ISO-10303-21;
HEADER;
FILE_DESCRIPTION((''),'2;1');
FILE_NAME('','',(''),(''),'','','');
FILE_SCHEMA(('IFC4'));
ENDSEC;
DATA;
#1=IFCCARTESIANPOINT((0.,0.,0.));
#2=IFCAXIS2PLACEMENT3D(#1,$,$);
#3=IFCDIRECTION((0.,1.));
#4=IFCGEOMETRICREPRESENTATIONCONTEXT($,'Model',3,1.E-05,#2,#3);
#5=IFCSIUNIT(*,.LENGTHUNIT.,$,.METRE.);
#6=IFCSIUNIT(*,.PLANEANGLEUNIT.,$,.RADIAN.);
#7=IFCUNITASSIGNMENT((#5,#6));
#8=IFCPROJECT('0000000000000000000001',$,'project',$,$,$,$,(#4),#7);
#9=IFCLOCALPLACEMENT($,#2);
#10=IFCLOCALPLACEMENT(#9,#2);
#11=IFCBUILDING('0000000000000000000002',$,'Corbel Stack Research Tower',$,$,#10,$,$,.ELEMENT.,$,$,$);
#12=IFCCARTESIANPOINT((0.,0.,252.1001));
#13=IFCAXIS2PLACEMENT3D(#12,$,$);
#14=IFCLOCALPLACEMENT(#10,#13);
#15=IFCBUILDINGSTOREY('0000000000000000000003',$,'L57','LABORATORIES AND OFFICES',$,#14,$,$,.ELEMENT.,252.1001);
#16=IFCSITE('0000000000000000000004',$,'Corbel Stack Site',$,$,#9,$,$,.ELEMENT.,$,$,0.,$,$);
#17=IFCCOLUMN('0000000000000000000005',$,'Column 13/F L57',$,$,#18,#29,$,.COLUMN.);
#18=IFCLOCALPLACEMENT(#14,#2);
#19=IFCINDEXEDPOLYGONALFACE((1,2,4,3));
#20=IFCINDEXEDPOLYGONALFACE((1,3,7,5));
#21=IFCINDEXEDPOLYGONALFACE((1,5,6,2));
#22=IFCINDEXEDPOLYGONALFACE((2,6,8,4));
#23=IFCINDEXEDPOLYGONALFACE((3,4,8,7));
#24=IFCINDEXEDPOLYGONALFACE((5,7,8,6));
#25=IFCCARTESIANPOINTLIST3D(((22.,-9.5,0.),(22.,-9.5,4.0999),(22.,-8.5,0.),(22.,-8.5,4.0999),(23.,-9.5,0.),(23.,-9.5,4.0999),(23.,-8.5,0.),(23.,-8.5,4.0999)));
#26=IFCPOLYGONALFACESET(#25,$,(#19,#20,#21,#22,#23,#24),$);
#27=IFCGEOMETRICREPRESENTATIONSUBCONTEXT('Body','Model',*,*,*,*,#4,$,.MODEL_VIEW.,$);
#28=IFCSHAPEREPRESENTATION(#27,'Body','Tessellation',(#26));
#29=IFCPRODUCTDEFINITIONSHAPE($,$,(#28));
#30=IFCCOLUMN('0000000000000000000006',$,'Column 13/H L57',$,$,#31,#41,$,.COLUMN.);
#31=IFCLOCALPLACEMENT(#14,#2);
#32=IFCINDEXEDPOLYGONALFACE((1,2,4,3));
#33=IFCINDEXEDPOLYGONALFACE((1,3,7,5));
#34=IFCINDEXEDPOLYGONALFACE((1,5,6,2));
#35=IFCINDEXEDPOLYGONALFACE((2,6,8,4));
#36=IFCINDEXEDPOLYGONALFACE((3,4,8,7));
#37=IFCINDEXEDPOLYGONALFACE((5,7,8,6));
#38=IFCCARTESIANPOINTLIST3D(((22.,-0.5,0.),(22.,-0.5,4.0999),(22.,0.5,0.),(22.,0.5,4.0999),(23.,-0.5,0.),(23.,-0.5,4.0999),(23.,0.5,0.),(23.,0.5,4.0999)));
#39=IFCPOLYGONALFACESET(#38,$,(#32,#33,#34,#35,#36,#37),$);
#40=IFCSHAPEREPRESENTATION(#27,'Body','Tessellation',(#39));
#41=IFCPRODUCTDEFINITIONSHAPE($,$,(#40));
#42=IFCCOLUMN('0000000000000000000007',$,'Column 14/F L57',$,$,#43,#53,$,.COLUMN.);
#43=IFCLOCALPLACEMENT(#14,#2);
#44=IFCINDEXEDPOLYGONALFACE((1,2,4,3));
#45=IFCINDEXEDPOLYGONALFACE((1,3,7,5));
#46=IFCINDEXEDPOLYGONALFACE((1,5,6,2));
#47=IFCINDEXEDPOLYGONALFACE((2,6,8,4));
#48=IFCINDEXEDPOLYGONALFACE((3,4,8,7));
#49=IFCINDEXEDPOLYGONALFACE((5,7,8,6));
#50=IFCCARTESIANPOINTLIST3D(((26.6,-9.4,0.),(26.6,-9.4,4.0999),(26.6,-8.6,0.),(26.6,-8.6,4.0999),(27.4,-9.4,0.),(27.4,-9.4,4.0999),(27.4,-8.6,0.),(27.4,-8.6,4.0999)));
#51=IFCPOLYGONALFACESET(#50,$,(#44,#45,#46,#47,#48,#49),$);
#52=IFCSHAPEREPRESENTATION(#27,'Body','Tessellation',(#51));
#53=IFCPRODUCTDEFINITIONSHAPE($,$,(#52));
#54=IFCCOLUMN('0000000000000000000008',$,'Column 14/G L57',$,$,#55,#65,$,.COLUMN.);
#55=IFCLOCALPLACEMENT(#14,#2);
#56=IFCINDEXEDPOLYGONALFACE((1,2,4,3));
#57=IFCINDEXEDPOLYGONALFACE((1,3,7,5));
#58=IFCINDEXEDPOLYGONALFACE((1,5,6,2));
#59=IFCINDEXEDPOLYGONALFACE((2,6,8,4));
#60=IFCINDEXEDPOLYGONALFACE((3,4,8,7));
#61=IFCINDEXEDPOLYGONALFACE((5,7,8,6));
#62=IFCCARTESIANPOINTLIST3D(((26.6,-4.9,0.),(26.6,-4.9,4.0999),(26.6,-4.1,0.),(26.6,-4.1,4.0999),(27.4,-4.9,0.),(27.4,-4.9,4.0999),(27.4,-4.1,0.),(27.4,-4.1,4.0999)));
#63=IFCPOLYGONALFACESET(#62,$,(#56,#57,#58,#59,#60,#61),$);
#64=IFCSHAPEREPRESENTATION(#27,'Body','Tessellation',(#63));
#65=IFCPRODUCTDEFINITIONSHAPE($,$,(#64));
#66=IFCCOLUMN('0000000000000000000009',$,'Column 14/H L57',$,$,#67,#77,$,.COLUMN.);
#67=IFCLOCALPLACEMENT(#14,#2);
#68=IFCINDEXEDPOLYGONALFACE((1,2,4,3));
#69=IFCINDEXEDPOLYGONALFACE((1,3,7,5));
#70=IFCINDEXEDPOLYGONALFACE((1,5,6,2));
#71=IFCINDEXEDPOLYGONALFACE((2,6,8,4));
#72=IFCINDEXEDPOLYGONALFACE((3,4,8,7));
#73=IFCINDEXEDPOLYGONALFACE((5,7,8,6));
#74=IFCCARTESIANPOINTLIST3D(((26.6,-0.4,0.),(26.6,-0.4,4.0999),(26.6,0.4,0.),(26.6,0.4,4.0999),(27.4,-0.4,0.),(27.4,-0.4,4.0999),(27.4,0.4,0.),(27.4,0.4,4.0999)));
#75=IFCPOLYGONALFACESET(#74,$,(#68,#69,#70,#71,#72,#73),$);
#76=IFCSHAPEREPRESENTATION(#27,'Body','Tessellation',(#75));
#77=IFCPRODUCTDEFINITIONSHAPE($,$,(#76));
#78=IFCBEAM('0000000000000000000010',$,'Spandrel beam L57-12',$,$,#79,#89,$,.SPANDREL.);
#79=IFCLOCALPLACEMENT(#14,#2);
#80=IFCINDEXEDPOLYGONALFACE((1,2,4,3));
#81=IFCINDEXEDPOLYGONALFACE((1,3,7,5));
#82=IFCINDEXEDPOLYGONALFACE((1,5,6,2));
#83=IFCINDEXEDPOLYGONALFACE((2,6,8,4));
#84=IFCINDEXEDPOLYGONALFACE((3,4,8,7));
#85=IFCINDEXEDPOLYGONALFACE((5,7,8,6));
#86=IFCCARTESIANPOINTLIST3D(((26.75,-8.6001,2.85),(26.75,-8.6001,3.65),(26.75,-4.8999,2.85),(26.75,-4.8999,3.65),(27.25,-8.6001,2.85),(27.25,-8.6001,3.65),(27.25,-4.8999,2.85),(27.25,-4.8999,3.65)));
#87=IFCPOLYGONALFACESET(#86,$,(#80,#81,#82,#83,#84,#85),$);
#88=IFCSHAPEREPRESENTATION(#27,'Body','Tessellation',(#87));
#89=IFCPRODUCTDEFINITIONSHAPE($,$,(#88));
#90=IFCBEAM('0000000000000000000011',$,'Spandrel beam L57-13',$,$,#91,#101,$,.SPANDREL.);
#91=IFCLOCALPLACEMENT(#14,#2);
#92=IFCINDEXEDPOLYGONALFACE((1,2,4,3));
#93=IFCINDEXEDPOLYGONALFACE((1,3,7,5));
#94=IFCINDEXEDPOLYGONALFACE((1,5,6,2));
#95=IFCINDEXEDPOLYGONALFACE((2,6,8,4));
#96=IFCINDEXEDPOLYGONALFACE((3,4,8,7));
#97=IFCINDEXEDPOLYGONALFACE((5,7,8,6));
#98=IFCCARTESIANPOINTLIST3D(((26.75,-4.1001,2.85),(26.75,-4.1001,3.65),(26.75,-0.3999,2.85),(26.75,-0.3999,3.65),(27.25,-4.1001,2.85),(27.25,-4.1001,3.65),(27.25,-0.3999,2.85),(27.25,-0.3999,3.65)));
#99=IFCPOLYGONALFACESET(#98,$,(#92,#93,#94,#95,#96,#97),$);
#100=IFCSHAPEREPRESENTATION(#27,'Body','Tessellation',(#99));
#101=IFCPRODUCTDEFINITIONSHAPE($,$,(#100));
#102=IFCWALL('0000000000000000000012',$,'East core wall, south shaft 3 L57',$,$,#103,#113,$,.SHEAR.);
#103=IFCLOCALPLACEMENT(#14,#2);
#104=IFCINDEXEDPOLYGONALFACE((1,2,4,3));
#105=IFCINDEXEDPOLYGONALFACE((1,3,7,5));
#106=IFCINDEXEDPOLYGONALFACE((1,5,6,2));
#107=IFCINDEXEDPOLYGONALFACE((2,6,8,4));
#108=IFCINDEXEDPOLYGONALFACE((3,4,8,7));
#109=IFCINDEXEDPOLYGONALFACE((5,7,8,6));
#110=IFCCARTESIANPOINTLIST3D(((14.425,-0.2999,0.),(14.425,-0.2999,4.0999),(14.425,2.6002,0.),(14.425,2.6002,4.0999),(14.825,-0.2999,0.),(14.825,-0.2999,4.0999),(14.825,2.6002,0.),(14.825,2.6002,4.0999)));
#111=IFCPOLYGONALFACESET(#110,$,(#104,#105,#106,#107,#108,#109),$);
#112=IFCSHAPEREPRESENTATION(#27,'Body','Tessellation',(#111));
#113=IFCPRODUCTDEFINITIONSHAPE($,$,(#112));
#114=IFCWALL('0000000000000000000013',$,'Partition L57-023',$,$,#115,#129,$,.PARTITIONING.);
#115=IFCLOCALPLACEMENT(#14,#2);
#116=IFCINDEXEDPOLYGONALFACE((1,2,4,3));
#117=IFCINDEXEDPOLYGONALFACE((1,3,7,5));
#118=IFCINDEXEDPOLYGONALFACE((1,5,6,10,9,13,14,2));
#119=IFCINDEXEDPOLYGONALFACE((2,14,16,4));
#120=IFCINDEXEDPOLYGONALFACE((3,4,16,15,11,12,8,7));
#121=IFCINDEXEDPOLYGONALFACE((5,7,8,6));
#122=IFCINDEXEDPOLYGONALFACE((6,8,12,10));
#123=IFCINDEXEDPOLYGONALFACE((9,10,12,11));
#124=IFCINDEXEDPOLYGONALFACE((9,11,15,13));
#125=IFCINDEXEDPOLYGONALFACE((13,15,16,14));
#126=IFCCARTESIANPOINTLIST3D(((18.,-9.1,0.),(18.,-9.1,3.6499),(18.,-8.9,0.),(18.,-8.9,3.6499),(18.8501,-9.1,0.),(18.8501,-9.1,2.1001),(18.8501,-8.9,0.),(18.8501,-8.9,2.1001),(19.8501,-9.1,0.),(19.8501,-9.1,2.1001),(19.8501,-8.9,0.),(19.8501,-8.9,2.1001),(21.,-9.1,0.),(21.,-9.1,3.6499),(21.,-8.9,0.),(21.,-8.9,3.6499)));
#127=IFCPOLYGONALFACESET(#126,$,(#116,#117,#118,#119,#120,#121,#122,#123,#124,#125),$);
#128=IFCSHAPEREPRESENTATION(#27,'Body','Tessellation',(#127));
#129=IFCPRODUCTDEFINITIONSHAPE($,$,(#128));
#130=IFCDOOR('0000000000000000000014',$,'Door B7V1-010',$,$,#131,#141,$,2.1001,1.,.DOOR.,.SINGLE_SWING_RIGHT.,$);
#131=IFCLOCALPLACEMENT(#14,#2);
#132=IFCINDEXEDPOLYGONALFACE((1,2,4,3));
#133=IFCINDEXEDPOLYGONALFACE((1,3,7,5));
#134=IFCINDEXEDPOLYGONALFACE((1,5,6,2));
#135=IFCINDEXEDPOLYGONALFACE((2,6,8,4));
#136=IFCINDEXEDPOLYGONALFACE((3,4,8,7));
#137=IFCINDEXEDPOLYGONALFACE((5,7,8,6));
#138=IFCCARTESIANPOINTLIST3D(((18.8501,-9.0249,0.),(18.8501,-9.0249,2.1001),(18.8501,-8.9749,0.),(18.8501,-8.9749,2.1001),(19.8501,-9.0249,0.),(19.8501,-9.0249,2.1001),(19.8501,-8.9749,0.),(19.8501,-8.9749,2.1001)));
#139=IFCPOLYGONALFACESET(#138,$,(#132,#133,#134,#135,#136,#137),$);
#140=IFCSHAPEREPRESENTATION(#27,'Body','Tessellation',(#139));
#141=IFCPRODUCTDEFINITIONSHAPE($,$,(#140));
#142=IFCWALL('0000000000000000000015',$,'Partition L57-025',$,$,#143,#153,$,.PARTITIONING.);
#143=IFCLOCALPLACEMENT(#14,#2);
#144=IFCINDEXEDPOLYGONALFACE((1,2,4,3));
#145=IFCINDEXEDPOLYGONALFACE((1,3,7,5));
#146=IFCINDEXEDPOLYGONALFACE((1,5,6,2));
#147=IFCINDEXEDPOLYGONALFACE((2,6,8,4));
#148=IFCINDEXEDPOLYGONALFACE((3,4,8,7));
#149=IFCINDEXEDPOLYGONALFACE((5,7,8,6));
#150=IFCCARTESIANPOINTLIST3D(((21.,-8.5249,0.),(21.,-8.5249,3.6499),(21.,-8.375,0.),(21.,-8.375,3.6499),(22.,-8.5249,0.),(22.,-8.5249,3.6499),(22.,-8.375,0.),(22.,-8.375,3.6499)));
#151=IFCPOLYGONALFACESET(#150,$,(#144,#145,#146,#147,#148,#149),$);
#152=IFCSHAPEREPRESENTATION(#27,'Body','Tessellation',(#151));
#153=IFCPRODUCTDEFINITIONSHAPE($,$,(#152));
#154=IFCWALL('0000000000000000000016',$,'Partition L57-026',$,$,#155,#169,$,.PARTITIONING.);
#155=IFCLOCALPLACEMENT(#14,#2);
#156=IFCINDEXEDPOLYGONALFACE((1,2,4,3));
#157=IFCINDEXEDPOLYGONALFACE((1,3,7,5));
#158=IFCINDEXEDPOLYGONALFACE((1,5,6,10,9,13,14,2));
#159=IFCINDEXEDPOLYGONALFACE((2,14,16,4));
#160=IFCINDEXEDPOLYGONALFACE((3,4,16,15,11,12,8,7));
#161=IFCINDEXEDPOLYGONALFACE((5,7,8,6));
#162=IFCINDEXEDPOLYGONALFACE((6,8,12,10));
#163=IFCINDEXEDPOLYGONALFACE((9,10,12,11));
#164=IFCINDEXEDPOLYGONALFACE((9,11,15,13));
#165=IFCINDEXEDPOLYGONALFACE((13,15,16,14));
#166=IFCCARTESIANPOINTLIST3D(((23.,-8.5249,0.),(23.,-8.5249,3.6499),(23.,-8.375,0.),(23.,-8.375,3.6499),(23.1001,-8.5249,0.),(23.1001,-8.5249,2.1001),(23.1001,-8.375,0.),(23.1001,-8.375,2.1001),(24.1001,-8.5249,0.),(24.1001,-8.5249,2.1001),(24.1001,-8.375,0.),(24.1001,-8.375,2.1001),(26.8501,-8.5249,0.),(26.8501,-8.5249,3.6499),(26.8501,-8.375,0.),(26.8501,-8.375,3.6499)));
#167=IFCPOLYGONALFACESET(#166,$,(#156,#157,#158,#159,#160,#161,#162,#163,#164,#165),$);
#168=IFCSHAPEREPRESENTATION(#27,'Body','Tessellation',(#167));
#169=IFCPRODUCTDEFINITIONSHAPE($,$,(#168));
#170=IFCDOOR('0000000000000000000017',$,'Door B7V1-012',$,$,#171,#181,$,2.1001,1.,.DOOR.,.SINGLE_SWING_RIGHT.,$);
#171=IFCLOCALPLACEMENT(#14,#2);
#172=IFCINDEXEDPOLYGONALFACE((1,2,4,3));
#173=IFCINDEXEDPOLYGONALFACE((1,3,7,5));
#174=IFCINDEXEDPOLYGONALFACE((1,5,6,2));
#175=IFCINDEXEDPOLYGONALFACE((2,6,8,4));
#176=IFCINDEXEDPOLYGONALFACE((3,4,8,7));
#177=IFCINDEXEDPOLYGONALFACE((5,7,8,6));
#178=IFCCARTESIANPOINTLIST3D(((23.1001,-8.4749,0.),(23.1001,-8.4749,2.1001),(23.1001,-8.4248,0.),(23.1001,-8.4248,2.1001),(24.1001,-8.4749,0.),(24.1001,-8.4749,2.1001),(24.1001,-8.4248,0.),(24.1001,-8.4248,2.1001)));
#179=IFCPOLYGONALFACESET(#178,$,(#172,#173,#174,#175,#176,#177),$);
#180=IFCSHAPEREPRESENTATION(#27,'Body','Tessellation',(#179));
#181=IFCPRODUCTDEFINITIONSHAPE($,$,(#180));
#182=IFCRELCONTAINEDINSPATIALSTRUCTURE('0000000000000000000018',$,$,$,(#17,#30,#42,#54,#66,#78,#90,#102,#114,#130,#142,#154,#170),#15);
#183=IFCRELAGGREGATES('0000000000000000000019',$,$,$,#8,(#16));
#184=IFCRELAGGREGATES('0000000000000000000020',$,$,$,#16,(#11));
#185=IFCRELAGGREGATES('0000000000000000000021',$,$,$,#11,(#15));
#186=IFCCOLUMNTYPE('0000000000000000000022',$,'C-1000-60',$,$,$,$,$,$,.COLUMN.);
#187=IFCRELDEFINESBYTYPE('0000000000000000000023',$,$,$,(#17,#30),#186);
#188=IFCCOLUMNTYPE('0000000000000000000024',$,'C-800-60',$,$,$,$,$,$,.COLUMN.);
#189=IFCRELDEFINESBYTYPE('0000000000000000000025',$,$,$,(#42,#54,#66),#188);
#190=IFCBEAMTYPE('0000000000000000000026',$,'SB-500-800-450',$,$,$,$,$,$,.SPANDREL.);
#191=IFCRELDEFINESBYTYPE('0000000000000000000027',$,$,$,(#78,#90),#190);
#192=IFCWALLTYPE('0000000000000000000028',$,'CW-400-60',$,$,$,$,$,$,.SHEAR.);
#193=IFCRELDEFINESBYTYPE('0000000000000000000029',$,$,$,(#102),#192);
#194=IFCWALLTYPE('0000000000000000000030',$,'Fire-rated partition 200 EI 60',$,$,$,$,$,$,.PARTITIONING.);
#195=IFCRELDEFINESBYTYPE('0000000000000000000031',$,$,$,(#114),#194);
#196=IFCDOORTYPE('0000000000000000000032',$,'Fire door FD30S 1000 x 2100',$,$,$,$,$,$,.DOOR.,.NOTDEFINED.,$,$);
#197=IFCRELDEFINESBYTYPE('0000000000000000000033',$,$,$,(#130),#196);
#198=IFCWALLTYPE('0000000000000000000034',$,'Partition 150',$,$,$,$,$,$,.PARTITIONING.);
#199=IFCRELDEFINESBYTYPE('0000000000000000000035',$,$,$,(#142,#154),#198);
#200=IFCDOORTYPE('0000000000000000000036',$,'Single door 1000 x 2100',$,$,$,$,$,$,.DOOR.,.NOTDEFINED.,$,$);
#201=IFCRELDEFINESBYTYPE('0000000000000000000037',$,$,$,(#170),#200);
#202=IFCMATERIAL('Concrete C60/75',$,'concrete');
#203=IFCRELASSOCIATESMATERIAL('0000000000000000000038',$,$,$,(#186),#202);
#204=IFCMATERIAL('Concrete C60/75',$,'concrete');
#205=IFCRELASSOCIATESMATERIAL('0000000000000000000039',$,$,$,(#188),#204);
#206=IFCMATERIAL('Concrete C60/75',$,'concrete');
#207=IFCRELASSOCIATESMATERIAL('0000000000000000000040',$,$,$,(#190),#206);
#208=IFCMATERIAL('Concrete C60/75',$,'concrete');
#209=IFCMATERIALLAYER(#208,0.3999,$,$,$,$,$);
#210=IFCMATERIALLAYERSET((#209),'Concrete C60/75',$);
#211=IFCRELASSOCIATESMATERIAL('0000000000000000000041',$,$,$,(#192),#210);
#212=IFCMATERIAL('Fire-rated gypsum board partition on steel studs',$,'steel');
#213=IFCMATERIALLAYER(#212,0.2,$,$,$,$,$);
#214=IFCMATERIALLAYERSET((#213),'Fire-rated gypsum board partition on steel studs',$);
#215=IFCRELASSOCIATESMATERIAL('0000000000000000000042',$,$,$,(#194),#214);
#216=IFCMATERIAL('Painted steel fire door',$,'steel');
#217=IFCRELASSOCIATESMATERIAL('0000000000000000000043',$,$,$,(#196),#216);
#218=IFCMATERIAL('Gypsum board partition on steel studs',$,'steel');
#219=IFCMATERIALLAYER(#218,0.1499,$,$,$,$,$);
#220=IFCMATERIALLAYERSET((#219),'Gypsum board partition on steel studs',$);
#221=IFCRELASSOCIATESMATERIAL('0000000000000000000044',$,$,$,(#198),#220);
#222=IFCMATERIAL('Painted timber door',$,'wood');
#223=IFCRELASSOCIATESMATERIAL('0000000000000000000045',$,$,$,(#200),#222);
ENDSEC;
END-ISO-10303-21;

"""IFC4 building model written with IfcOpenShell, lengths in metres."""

from ifc_helpers import new_model, si_unit, direction, frame, frame_2d, origin, origin_2d, place, context, subcontext, project, spatial, rectangle, extrude, material, layer, layer_set, material_profile, profile_set, type_object, element, fill, save


model = new_model("IFC4")

# Units and contexts
model_context = context("Model", 3, precision=1e-05, world=origin(), true_north=direction((0.0, 1.0)))
body_context = subcontext(model_context, "Body", "Model", "MODEL_VIEW")
ifc_project = project(units=[si_unit("LENGTHUNIT", "METRE"), si_unit("PLANEANGLEUNIT", "RADIAN")], contexts=[model_context])

# Site, building, storey
site_placement = place(None, origin())
site = spatial("IfcSite", under=ifc_project, at=site_placement, Name="Corbel Stack Site", CompositionType="ELEMENT", RefElevation=0.0)
building_placement = place(site_placement, origin())
building = spatial("IfcBuilding", under=site, at=building_placement, Name="Corbel Stack Research Tower", CompositionType="ELEMENT")
storey_placement = place(building_placement, frame((0.0, 0.0, 252.1001)))
storey = spatial("IfcBuildingStorey", under=building, at=storey_placement, Name="L57", Description="LABORATORIES AND OFFICES", CompositionType="ELEMENT", Elevation=252.1001)

# Columns
ifc_material_1 = material(Name="Concrete C60/75", Category="concrete")
ifc_material_profile_1 = material_profile(ifc_material_1, rectangle(XDim=1.0, YDim=1.0, at=origin_2d()), Name="RC 1000 x 1000")
ifc_profile_set_1 = profile_set([ifc_material_profile_1], Name="Concrete C60/75")
column_type_1 = type_object("IfcColumnType", Name="C-1000-60", PredefinedType="COLUMN", material=ifc_profile_set_1)
for number, where, z_axis, x_axis, name in (
    (1, (22.5, -9.0, 0.0), (0.0, 0.0, 1.0), (1.0, 0.0, 0.0), "Column 13/F L57"),
    (2, (22.5, 0.0, 0.0), (0.0, 0.0, 1.0), (1.0, 0.0, 0.0), "Column 13/H L57"),
):
    element("IfcColumn", number, at=place(storey_placement, frame(where, z_axis=z_axis, x_axis=x_axis)), inside=storey, type_object=column_type_1, Name=name, PredefinedType="COLUMN", context=body_context, shape_type="SweptSolid", body=[
        extrude(rectangle(XDim=1.0, YDim=1.0, at=origin_2d()), origin(), (0.0, 0.0, 1.0), 4.0999),
    ])
ifc_material_2 = material(Name="Concrete C60/75", Category="concrete")
ifc_material_profile_2 = material_profile(ifc_material_2, rectangle(XDim=0.8, YDim=0.8, at=origin_2d()), Name="RC 800 x 800")
ifc_profile_set_2 = profile_set([ifc_material_profile_2], Name="Concrete C60/75")
column_type_2 = type_object("IfcColumnType", Name="C-800-60", PredefinedType="COLUMN", material=ifc_profile_set_2)
for number, where, z_axis, x_axis, name in (
    (3, (27.0, -9.0, 0.0), (0.0, 0.0, 1.0), (1.0, 0.0, 0.0), "Column 14/F L57"),
    (4, (27.0, -4.5, 0.0), (0.0, 0.0, 1.0), (1.0, 0.0, 0.0), "Column 14/G L57"),
    (5, (27.0, 0.0, 0.0), (0.0, 0.0, 1.0), (1.0, 0.0, 0.0), "Column 14/H L57"),
):
    element("IfcColumn", number, at=place(storey_placement, frame(where, z_axis=z_axis, x_axis=x_axis)), inside=storey, type_object=column_type_2, Name=name, PredefinedType="COLUMN", context=body_context, shape_type="SweptSolid", body=[
        extrude(rectangle(XDim=0.8, YDim=0.8, at=origin_2d()), origin(), (0.0, 0.0, 1.0), 4.0999),
    ])

# Beams
ifc_material_3 = material(Name="Concrete C60/75", Category="concrete")
ifc_material_profile_3 = material_profile(ifc_material_3, rectangle(XDim=0.5, YDim=0.8, at=origin_2d()), Name="RC 500 x 800")
ifc_profile_set_3 = profile_set([ifc_material_profile_3], Name="Concrete C60/75")
beam_type = type_object("IfcBeamType", Name="SB-500-800-450", PredefinedType="SPANDREL", material=ifc_profile_set_3)
for number, where, z_axis, x_axis, name in (
    (6, (27.0, -8.6001, 3.25), (0.0, 1.0, 0.0), (-1.0, 0.0, 0.0), "Spandrel beam L57-12"),
    (7, (27.0, -4.1001, 3.25), (0.0, 1.0, 0.0), (-1.0, 0.0, 0.0), "Spandrel beam L57-13"),
):
    element("IfcBeam", number, at=place(storey_placement, frame(where, z_axis=z_axis, x_axis=x_axis)), inside=storey, type_object=beam_type, Name=name, PredefinedType="SPANDREL", context=body_context, shape_type="SweptSolid", body=[
        extrude(rectangle(XDim=0.5, YDim=0.8, at=origin_2d()), origin(), (0.0, 0.0, 1.0), 3.7002),
    ])

# Wall
ifc_material_4 = material(Name="Concrete C60/75", Category="concrete")
ifc_layer_1 = layer(ifc_material_4, 0.3999)
ifc_layer_set_1 = layer_set([ifc_layer_1], Name="Concrete C60/75")
wall_type_1 = type_object("IfcWallType", Name="CW-400-60", PredefinedType="SHEAR", material=ifc_layer_set_1)
wall_1_placement = place(storey_placement, frame((14.625, -0.3, 0.0), z_axis=(0.0, 0.0, 1.0), x_axis=(0.0, 1.0, 0.0)))
element("IfcWall", 8, at=wall_1_placement, inside=storey, type_object=wall_type_1, Name="East core wall, south shaft 3 L57", PredefinedType="SHEAR", context=body_context, shape_type="SweptSolid", body=[
    extrude(rectangle(XDim=2.9001, YDim=0.3999, at=frame_2d((1.4502, 0.0))), origin(), (0.0, 0.0, 1.0), 4.0999),
])

# Wall, opening, door
ifc_material_5 = material(Name="Fire-rated gypsum board partition on steel studs", Category="steel")
ifc_layer_2 = layer(ifc_material_5, 0.2)
ifc_layer_set_2 = layer_set([ifc_layer_2], Name="Fire-rated gypsum board partition on steel studs")
wall_type_2 = type_object("IfcWallType", Name="Fire-rated partition 200 EI 60", PredefinedType="PARTITIONING", material=ifc_layer_set_2)
wall_2_placement = place(storey_placement, frame((21.0, -9.0, 0.0), z_axis=(0.0, 0.0, 1.0), x_axis=(-1.0, 0.0, 0.0)))
wall_2 = element("IfcWall", 9, at=wall_2_placement, inside=storey, type_object=wall_type_2, Name="Partition L57-023", PredefinedType="PARTITIONING", context=body_context, shape_type="SweptSolid", body=[
    extrude(rectangle(XDim=3.0, YDim=0.2, at=frame_2d((1.5, 0.0))), origin(), (0.0, 0.0, 1.0), 3.6499),
])
opening_1_placement = place(wall_2_placement, frame((1.1499, 0.0, 0.0)))
opening_1 = element("IfcOpeningElement", 10, at=opening_1_placement, cuts=wall_2, PredefinedType="OPENING", context=body_context, shape_type="SweptSolid", body=[
    extrude(rectangle(XDim=1.0, YDim=2.1001, at=frame_2d((0.5, 1.05))), frame((0.0, 0.1099, 0.0), z_axis=(0.0, -1.0, 0.0), x_axis=(1.0, 0.0, 0.0)), (0.0, 0.0, 1.0), 0.22),
])
ifc_material_6 = material(Name="Painted steel fire door", Category="steel")
door_type_1 = type_object("IfcDoorType", Name="Fire door FD30S 1000 x 2100", OperationType="NOTDEFINED", PredefinedType="DOOR", material=ifc_material_6)
door_1_placement = place(opening_1_placement, origin())
door_1 = element("IfcDoor", 11, at=door_1_placement, inside=storey, type_object=door_type_1, Name="Door B7V1-010", OperationType="SINGLE_SWING_RIGHT", OverallHeight=2.1001, OverallWidth=1.0, PredefinedType="DOOR", context=body_context, shape_type="SweptSolid", body=[
    extrude(rectangle(XDim=1.0, YDim=2.1001, at=frame_2d((0.5, 1.05))), frame((0.0, 0.0249, 0.0), z_axis=(0.0, -1.0, 0.0), x_axis=(1.0, 0.0, 0.0)), (0.0, 0.0, 1.0), 0.05),
])
fill(opening_1, door_1)

# Wall
ifc_material_7 = material(Name="Gypsum board partition on steel studs", Category="steel")
ifc_layer_3 = layer(ifc_material_7, 0.1499)
ifc_layer_set_3 = layer_set([ifc_layer_3], Name="Gypsum board partition on steel studs")
wall_type_3 = type_object("IfcWallType", Name="Partition 150", PredefinedType="PARTITIONING", material=ifc_layer_set_3)
wall_3_placement = place(storey_placement, frame((21.0, -8.45, 0.0), z_axis=(0.0, 0.0, 1.0), x_axis=(1.0, 0.0, 0.0)))
element("IfcWall", 12, at=wall_3_placement, inside=storey, type_object=wall_type_3, Name="Partition L57-025", PredefinedType="PARTITIONING", context=body_context, shape_type="SweptSolid", body=[
    extrude(rectangle(XDim=1.0, YDim=0.1499, at=frame_2d((0.5, 0.0))), origin(), (0.0, 0.0, 1.0), 3.6499),
])

# Wall, opening, door
wall_4_placement = place(storey_placement, frame((26.8501, -8.45, 0.0), z_axis=(0.0, 0.0, 1.0), x_axis=(-1.0, 0.0, 0.0)))
wall_4 = element("IfcWall", 13, at=wall_4_placement, inside=storey, type_object=wall_type_3, Name="Partition L57-026", PredefinedType="PARTITIONING", context=body_context, shape_type="SweptSolid", body=[
    extrude(rectangle(XDim=3.8501, YDim=0.1499, at=frame_2d((1.925, 0.0))), origin(), (0.0, 0.0, 1.0), 3.6499),
])
opening_2_placement = place(wall_4_placement, frame((2.75, 0.0, 0.0)))
opening_2 = element("IfcOpeningElement", 14, at=opening_2_placement, cuts=wall_4, PredefinedType="OPENING", context=body_context, shape_type="SweptSolid", body=[
    extrude(rectangle(XDim=1.0, YDim=2.1001, at=frame_2d((0.5, 1.05))), frame((0.0, 0.085, 0.0), z_axis=(0.0, -1.0, 0.0), x_axis=(1.0, 0.0, 0.0)), (0.0, 0.0, 1.0), 0.1699),
])
ifc_material_8 = material(Name="Painted timber door", Category="wood")
door_type_2 = type_object("IfcDoorType", Name="Single door 1000 x 2100", OperationType="NOTDEFINED", PredefinedType="DOOR", material=ifc_material_8)
door_2_placement = place(opening_2_placement, origin())
door_2 = element("IfcDoor", 15, at=door_2_placement, inside=storey, type_object=door_type_2, Name="Door B7V1-012", OperationType="SINGLE_SWING_RIGHT", OverallHeight=2.1001, OverallWidth=1.0, PredefinedType="DOOR", context=body_context, shape_type="SweptSolid", body=[
    extrude(rectangle(XDim=1.0, YDim=2.1001, at=frame_2d((0.5, 1.05))), frame((0.0, 0.0249, 0.0), z_axis=(0.0, -1.0, 0.0), x_axis=(1.0, 0.0, 0.0)), (0.0, 0.0, 1.0), 0.05),
])
fill(opening_2, door_2)

save(model, "model.ifc")
